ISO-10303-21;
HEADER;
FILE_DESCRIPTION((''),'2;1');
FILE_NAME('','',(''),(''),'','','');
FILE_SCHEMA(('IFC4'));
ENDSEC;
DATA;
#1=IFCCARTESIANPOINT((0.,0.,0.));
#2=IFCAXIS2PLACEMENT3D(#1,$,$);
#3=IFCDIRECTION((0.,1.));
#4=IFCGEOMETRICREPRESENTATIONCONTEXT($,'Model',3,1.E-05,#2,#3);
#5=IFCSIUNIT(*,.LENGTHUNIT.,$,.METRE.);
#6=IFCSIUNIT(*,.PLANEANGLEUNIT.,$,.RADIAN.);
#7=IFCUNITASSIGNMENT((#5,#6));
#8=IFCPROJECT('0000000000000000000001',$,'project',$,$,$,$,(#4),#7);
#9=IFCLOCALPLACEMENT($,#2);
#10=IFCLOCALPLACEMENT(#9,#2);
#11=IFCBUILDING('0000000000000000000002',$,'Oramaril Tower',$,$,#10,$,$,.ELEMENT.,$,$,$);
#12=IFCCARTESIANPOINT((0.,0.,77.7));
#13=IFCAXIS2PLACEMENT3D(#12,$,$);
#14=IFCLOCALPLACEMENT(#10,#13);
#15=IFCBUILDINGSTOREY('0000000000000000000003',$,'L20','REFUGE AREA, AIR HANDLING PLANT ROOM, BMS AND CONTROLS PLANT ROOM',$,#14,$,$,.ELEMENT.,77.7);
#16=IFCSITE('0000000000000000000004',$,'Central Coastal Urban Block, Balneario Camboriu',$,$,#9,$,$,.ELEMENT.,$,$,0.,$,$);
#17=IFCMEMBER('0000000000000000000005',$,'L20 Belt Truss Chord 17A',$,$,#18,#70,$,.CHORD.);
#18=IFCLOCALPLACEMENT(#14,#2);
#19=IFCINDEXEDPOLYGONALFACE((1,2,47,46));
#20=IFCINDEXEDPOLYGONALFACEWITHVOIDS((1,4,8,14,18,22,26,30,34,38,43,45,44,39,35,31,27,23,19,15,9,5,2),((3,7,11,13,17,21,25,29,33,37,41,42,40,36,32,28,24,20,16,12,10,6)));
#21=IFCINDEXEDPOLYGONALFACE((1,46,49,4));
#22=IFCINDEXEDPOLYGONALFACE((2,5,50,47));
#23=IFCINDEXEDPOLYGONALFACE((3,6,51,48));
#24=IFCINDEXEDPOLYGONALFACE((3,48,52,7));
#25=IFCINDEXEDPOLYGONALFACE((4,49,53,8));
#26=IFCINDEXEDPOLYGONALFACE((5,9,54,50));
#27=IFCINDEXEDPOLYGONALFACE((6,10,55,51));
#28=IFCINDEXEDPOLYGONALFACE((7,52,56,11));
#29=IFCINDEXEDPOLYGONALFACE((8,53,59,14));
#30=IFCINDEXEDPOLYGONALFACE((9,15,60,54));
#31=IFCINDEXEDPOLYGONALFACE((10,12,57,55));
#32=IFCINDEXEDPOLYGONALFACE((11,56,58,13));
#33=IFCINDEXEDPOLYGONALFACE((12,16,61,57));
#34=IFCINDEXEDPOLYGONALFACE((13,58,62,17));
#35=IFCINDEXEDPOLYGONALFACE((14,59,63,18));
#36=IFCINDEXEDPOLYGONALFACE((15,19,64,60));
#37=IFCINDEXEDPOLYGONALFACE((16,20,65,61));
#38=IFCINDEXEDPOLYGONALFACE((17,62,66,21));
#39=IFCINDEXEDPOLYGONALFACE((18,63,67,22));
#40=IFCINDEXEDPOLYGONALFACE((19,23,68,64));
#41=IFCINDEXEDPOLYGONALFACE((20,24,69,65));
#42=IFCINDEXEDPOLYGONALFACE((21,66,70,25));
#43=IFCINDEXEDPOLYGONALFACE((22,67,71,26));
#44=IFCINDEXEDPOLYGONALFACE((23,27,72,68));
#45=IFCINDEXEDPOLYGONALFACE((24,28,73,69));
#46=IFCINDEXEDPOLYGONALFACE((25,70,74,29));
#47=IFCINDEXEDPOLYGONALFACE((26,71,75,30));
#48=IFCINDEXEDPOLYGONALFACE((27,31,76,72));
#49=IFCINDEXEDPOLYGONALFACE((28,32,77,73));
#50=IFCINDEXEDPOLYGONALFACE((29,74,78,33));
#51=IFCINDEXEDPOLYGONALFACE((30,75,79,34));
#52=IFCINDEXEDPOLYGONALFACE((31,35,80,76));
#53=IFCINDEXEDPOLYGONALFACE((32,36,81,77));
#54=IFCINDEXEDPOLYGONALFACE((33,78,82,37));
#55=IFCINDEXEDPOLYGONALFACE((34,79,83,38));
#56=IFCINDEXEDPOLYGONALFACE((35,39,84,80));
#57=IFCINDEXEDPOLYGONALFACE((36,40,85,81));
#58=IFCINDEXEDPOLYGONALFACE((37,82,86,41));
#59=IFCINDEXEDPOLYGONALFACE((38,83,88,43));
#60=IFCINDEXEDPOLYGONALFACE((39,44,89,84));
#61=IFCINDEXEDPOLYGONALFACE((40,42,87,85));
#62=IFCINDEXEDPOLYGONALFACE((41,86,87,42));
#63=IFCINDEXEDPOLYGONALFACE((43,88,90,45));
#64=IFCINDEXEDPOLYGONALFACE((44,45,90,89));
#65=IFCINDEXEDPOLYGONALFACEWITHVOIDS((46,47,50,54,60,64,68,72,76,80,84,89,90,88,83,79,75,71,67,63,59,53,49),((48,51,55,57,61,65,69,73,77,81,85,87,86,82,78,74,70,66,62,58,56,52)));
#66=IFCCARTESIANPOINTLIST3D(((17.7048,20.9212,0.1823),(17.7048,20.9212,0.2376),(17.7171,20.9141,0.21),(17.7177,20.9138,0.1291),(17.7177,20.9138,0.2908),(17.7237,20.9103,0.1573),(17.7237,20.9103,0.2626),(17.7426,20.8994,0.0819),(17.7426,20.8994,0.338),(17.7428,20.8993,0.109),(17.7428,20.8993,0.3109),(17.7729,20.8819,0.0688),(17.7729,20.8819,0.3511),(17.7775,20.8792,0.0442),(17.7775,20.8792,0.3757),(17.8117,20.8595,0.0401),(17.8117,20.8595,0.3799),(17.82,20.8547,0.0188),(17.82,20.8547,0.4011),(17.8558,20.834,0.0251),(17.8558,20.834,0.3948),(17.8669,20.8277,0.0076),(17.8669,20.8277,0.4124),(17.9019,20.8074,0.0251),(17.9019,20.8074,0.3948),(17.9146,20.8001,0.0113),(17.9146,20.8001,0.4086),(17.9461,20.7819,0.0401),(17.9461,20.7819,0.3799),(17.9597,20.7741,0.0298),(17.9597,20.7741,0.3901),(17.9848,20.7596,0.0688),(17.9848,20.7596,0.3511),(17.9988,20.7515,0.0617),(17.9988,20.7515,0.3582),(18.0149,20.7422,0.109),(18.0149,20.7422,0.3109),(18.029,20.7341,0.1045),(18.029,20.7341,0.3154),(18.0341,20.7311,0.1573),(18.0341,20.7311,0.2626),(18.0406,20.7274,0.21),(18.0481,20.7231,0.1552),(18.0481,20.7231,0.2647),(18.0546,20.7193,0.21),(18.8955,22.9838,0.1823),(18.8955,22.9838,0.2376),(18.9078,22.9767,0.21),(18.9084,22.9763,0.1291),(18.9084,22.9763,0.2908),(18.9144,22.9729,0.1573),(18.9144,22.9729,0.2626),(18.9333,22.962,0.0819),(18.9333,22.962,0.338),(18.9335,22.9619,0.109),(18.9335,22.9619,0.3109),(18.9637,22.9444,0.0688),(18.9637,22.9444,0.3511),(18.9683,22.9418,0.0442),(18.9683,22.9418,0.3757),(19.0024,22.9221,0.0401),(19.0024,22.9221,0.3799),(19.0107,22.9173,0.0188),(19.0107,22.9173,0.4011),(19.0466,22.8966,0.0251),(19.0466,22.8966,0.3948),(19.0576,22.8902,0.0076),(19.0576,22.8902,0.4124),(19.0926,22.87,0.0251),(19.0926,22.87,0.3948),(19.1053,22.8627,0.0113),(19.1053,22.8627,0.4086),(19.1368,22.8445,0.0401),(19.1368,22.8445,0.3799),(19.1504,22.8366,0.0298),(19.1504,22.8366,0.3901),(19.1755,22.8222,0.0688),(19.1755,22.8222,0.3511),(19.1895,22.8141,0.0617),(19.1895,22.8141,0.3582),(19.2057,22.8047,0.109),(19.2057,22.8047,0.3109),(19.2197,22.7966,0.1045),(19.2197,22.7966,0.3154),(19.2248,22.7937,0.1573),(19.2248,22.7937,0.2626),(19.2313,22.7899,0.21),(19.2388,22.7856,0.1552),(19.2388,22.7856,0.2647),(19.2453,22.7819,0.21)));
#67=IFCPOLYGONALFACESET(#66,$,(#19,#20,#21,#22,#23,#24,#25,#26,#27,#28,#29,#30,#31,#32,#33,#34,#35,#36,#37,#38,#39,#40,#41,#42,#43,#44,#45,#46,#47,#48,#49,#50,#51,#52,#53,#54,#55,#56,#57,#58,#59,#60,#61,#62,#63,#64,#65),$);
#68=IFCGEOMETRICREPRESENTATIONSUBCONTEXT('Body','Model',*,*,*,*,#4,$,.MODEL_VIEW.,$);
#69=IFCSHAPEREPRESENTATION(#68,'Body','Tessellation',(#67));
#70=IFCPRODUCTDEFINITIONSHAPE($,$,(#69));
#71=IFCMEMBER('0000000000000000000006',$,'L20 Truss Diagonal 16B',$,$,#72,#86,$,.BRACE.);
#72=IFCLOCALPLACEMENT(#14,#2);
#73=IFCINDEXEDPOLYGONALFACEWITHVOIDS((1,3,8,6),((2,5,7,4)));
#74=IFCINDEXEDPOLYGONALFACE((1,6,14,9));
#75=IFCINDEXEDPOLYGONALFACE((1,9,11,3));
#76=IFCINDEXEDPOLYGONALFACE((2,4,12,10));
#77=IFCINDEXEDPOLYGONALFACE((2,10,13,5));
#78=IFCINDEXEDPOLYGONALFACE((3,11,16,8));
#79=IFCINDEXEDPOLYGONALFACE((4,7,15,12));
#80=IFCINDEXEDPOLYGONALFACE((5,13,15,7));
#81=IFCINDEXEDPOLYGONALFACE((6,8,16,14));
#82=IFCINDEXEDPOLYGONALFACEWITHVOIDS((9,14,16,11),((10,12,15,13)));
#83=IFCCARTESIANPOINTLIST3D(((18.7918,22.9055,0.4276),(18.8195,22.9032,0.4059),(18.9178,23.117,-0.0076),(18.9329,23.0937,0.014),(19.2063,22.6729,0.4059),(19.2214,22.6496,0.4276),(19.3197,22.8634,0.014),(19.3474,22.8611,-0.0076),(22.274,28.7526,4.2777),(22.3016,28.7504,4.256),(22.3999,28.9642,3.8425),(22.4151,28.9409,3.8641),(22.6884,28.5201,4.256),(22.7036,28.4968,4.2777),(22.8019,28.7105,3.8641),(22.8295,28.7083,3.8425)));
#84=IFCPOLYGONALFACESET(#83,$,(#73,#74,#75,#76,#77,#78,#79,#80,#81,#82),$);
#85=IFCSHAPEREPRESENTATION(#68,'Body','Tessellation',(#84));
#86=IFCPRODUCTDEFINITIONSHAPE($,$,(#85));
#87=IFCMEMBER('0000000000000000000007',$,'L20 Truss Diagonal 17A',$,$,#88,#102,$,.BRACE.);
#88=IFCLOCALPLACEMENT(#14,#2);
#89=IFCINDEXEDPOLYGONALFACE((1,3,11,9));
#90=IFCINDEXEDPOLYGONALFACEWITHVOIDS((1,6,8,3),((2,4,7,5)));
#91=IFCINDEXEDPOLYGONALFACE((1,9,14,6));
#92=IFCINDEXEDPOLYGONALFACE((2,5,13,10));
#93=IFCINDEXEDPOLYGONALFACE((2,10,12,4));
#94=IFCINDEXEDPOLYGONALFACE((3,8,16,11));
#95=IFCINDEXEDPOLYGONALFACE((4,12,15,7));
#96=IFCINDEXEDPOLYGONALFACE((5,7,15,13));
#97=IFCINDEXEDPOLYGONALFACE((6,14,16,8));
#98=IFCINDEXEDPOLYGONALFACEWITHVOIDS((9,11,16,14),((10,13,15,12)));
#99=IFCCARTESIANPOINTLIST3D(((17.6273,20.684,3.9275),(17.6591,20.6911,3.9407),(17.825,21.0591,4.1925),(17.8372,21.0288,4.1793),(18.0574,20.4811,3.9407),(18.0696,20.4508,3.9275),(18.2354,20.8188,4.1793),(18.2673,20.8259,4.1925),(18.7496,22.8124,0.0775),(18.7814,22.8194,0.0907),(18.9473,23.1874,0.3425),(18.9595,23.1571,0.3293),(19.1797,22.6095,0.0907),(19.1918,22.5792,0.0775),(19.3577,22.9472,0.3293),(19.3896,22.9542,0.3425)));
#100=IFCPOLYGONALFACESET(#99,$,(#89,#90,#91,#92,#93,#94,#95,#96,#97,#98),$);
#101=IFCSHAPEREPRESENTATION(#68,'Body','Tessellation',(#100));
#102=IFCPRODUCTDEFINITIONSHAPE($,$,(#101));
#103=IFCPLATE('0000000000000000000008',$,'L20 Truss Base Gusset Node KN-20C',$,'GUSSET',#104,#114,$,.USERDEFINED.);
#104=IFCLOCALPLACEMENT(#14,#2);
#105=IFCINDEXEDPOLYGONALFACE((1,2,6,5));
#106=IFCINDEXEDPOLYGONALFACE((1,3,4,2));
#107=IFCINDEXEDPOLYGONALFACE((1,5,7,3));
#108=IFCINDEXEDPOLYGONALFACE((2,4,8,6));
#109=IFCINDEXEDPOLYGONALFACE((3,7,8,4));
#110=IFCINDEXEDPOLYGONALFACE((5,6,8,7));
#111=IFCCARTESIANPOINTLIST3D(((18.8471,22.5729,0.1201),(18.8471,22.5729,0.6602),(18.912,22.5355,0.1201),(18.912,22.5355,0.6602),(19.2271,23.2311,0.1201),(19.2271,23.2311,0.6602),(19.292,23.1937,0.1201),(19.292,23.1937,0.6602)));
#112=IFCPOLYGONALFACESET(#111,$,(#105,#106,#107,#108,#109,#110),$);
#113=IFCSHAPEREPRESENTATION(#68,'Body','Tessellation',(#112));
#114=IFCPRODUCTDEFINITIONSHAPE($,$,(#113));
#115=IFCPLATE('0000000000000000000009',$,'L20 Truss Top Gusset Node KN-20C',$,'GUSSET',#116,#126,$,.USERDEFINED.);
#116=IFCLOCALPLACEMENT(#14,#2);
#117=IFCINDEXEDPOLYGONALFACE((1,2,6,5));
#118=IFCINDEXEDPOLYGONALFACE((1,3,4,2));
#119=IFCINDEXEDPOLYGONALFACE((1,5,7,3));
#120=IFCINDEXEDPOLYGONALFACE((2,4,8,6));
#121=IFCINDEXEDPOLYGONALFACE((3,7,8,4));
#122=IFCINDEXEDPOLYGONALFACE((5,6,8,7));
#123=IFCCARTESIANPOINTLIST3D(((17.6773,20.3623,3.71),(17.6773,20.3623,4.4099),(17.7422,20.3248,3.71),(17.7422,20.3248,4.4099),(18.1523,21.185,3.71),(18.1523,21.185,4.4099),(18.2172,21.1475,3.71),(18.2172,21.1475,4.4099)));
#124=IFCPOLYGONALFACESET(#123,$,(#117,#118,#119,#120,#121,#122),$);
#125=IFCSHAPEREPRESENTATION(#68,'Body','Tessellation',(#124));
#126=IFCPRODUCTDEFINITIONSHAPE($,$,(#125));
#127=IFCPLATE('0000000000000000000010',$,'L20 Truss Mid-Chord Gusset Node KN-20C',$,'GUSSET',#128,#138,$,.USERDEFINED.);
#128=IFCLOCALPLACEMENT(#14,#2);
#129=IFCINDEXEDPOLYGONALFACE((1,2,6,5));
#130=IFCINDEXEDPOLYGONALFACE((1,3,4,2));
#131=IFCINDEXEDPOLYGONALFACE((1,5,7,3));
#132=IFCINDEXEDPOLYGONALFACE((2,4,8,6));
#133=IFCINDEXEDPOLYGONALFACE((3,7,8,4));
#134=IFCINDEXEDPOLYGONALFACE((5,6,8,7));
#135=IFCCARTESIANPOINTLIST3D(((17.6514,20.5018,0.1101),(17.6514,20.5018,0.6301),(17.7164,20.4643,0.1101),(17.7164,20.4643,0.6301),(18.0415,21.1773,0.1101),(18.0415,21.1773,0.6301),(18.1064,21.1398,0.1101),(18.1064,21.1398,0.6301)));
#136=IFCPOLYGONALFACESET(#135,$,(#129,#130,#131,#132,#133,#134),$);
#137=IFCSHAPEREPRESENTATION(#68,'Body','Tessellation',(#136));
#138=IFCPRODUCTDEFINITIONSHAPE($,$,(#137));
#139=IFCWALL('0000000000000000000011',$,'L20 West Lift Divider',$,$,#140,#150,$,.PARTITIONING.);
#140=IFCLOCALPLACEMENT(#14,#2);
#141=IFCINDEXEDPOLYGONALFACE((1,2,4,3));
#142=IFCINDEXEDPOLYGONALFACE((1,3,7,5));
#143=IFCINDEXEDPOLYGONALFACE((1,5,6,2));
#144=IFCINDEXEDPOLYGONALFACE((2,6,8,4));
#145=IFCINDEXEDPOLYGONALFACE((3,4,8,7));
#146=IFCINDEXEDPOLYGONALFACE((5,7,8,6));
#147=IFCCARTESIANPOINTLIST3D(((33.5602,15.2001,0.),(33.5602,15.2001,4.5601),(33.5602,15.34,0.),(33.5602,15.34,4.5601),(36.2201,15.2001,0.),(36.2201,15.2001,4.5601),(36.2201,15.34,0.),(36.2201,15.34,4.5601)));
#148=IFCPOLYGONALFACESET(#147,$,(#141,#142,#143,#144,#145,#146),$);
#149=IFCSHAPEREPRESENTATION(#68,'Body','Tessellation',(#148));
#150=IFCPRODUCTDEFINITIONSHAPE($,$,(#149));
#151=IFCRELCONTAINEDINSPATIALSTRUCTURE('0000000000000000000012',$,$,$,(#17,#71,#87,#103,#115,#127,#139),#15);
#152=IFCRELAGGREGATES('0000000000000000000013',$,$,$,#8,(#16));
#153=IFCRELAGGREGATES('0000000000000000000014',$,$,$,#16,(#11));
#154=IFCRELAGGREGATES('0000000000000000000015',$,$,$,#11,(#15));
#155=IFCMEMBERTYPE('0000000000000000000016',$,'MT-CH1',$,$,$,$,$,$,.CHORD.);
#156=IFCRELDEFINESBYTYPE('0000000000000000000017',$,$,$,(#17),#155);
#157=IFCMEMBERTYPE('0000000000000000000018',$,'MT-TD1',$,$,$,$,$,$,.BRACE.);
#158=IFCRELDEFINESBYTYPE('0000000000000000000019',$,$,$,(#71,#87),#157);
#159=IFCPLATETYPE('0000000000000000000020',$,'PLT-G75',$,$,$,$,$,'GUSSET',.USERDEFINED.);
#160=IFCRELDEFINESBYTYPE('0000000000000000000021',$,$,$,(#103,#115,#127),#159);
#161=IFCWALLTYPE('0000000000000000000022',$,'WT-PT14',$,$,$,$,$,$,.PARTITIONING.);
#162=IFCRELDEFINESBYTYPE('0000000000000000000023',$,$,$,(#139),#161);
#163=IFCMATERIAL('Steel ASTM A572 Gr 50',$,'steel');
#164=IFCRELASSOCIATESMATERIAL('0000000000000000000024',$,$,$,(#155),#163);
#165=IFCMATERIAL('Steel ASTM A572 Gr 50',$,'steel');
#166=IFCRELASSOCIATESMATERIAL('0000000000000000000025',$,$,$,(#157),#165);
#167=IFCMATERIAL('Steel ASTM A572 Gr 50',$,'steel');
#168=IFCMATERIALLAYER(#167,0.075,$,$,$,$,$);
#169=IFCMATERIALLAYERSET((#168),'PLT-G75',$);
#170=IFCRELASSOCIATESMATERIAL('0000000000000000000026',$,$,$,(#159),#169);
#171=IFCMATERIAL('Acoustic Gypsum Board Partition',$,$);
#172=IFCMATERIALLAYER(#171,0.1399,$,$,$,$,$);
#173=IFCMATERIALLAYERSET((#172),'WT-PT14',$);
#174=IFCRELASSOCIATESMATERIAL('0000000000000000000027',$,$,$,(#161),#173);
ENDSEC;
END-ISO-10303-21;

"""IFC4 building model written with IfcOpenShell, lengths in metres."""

from ifc_helpers import new_model, si_unit, direction, frame, frame_2d, origin, origin_2d, place, context, subcontext, project, spatial, rectangle, hollow_rectangle, hollow_circle, extrude, material, layer, layer_set, material_profile, profile_set, type_object, element, save


model = new_model("IFC4")

# Units and contexts
model_context = context("Model", 3, precision=1e-05, world=origin(), true_north=direction((0.0, 1.0)))
body_context = subcontext(model_context, "Body", "Model", "MODEL_VIEW")
ifc_project = project(units=[si_unit("LENGTHUNIT", "METRE"), si_unit("PLANEANGLEUNIT", "RADIAN")], contexts=[model_context])

# Site, building, storey
site_placement = place(None, origin())
site = spatial("IfcSite", under=ifc_project, at=site_placement, Name="Central Coastal Urban Block, Balneario Camboriu", CompositionType="ELEMENT", RefElevation=0.0)
building_placement = place(site_placement, origin())
building = spatial("IfcBuilding", under=site, at=building_placement, Name="Oramaril Tower", CompositionType="ELEMENT")
storey_placement = place(building_placement, frame((0.0, 0.0, 77.7)))
storey = spatial("IfcBuildingStorey", under=building, at=storey_placement, Name="L20", Description="REFUGE AREA, AIR HANDLING PLANT ROOM, BMS AND CONTROLS PLANT ROOM", CompositionType="ELEMENT", Elevation=77.7)

# Members
ifc_material_1 = material(Name="Steel ASTM A572 Gr 50", Category="steel")
ifc_material_profile_1 = material_profile(ifc_material_1, hollow_circle(Radius=0.2029, WallThickness=0.0161, at=origin_2d()), Name="CHS406X16")
ifc_profile_set_1 = profile_set([ifc_material_profile_1], Name="Steel ASTM A572 Gr 50")
member_type_1 = type_object("IfcMemberType", Name="MT-CH1", PredefinedType="CHORD", material=ifc_profile_set_1)
member_1_placement = place(storey_placement, frame((19.0696, 22.8833, 0.21), z_axis=(-0.499965, -0.866046, 0.0), x_axis=(0.866046, -0.499965, 0.0)))
element("IfcMember", 1, at=member_1_placement, inside=storey, type_object=member_type_1, Name="L20 Belt Truss Chord 17A", PredefinedType="CHORD", context=body_context, shape_type="SweptSolid", body=[
    extrude(hollow_circle(Radius=0.2029, WallThickness=0.0161, at=origin_2d()), origin(), (0.0, 0.0, 1.0), 2.3816),
])
ifc_material_2 = material(Name="Steel ASTM A572 Gr 50", Category="steel")
ifc_material_profile_2 = material_profile(ifc_material_2, hollow_rectangle(XDim=0.5, YDim=0.5, WallThickness=0.0249, at=origin_2d()), Name="HSS500X500X25")
ifc_profile_set_2 = profile_set([ifc_material_profile_2], Name="Steel ASTM A572 Gr 50")
member_type_2 = type_object("IfcMemberType", Name="MT-TD1", PredefinedType="BRACE", material=ifc_profile_set_2)
member_2_placement = place(storey_placement, frame((19.0696, 22.8833, 0.21), z_axis=(0.445343, 0.747807, 0.492397), x_axis=(-0.859182, 0.511671, 0.0)))
element("IfcMember", 2, at=member_2_placement, inside=storey, type_object=member_type_2, Name="L20 Truss Diagonal 16B", PredefinedType="BRACE", context=body_context, shape_type="SweptSolid", body=[
    extrude(hollow_rectangle(XDim=0.5, YDim=0.5, WallThickness=0.0249, at=origin_2d()), origin(), (0.0, 0.0, 1.0), 7.8191),
])
member_3_placement = place(storey_placement, frame((19.0696, 22.8833, 0.21), z_axis=(-0.247197, -0.468799, 0.84801), x_axis=(0.884559, -0.466428, 0.0)))
element("IfcMember", 3, at=member_3_placement, inside=storey, type_object=member_type_2, Name="L20 Truss Diagonal 17A", PredefinedType="BRACE", context=body_context, shape_type="SweptSolid", body=[
    extrude(hollow_rectangle(XDim=0.5, YDim=0.5, WallThickness=0.0249, at=origin_2d()), origin(), (0.0, 0.0, 1.0), 4.54),
])

# Plates
ifc_material_3 = material(Name="Steel ASTM A572 Gr 50", Category="steel")
ifc_layer_1 = layer(ifc_material_3, 0.075)
ifc_layer_set_1 = layer_set([ifc_layer_1], Name="PLT-G75")
plate_type = type_object("IfcPlateType", Name="PLT-G75", ElementType="GUSSET", PredefinedType="USERDEFINED", material=ifc_layer_set_1)
plate_1_placement = place(storey_placement, frame((19.0696, 22.8833, 0.1201), z_axis=(0.0, 0.0, 1.0), x_axis=(-0.500002, -0.866025, 0.0)))
element("IfcPlate", 4, at=plate_1_placement, inside=storey, type_object=plate_type, Name="L20 Truss Base Gusset Node KN-20C", ObjectType="GUSSET", PredefinedType="USERDEFINED", context=body_context, shape_type="SweptSolid", body=[
    extrude(rectangle(XDim=0.76, YDim=0.075, at=origin_2d()), origin(), (0.0, 0.0, 1.0), 0.54),
])
plate_2_placement = place(storey_placement, frame((17.9473, 20.7549, 3.71), z_axis=(0.0, 0.0, 1.0), x_axis=(-0.499995, -0.866028, 0.0)))
element("IfcPlate", 5, at=plate_2_placement, inside=storey, type_object=plate_type, Name="L20 Truss Top Gusset Node KN-20C", ObjectType="GUSSET", PredefinedType="USERDEFINED", context=body_context, shape_type="SweptSolid", body=[
    extrude(rectangle(XDim=0.95, YDim=0.075, at=origin_2d()), origin(), (0.0, 0.0, 1.0), 0.7),
])
plate_3_placement = place(storey_placement, frame((17.8789, 20.8208, 0.1101), z_axis=(0.0, 0.0, 1.0), x_axis=(-0.499995, -0.866028, 0.0)))
element("IfcPlate", 6, at=plate_3_placement, inside=storey, type_object=plate_type, Name="L20 Truss Mid-Chord Gusset Node KN-20C", ObjectType="GUSSET", PredefinedType="USERDEFINED", context=body_context, shape_type="SweptSolid", body=[
    extrude(rectangle(XDim=0.78, YDim=0.075, at=origin_2d()), origin(), (0.0, 0.0, 1.0), 0.52),
])

# Wall
ifc_material_4 = material(Name="Acoustic Gypsum Board Partition")
ifc_layer_2 = layer(ifc_material_4, 0.1399)
ifc_layer_set_2 = layer_set([ifc_layer_2], Name="WT-PT14")
wall_type_1 = type_object("IfcWallType", Name="WT-PT14", PredefinedType="PARTITIONING", material=ifc_layer_set_2)
wall_1_placement = place(storey_placement, frame((33.5601, 15.27, 0.0), z_axis=(0.0, 0.0, 1.0), x_axis=(1.0, 0.0, 0.0)))
element("IfcWall", 7, at=wall_1_placement, inside=storey, type_object=wall_type_1, Name="L20 West Lift Divider", PredefinedType="PARTITIONING", context=body_context, shape_type="SweptSolid", body=[
    extrude(rectangle(XDim=2.6599, YDim=0.1399, at=frame_2d((1.3301, 0.0))), origin(), (0.0, 0.0, 1.0), 4.5601),
])

save(model, "model.ifc")
